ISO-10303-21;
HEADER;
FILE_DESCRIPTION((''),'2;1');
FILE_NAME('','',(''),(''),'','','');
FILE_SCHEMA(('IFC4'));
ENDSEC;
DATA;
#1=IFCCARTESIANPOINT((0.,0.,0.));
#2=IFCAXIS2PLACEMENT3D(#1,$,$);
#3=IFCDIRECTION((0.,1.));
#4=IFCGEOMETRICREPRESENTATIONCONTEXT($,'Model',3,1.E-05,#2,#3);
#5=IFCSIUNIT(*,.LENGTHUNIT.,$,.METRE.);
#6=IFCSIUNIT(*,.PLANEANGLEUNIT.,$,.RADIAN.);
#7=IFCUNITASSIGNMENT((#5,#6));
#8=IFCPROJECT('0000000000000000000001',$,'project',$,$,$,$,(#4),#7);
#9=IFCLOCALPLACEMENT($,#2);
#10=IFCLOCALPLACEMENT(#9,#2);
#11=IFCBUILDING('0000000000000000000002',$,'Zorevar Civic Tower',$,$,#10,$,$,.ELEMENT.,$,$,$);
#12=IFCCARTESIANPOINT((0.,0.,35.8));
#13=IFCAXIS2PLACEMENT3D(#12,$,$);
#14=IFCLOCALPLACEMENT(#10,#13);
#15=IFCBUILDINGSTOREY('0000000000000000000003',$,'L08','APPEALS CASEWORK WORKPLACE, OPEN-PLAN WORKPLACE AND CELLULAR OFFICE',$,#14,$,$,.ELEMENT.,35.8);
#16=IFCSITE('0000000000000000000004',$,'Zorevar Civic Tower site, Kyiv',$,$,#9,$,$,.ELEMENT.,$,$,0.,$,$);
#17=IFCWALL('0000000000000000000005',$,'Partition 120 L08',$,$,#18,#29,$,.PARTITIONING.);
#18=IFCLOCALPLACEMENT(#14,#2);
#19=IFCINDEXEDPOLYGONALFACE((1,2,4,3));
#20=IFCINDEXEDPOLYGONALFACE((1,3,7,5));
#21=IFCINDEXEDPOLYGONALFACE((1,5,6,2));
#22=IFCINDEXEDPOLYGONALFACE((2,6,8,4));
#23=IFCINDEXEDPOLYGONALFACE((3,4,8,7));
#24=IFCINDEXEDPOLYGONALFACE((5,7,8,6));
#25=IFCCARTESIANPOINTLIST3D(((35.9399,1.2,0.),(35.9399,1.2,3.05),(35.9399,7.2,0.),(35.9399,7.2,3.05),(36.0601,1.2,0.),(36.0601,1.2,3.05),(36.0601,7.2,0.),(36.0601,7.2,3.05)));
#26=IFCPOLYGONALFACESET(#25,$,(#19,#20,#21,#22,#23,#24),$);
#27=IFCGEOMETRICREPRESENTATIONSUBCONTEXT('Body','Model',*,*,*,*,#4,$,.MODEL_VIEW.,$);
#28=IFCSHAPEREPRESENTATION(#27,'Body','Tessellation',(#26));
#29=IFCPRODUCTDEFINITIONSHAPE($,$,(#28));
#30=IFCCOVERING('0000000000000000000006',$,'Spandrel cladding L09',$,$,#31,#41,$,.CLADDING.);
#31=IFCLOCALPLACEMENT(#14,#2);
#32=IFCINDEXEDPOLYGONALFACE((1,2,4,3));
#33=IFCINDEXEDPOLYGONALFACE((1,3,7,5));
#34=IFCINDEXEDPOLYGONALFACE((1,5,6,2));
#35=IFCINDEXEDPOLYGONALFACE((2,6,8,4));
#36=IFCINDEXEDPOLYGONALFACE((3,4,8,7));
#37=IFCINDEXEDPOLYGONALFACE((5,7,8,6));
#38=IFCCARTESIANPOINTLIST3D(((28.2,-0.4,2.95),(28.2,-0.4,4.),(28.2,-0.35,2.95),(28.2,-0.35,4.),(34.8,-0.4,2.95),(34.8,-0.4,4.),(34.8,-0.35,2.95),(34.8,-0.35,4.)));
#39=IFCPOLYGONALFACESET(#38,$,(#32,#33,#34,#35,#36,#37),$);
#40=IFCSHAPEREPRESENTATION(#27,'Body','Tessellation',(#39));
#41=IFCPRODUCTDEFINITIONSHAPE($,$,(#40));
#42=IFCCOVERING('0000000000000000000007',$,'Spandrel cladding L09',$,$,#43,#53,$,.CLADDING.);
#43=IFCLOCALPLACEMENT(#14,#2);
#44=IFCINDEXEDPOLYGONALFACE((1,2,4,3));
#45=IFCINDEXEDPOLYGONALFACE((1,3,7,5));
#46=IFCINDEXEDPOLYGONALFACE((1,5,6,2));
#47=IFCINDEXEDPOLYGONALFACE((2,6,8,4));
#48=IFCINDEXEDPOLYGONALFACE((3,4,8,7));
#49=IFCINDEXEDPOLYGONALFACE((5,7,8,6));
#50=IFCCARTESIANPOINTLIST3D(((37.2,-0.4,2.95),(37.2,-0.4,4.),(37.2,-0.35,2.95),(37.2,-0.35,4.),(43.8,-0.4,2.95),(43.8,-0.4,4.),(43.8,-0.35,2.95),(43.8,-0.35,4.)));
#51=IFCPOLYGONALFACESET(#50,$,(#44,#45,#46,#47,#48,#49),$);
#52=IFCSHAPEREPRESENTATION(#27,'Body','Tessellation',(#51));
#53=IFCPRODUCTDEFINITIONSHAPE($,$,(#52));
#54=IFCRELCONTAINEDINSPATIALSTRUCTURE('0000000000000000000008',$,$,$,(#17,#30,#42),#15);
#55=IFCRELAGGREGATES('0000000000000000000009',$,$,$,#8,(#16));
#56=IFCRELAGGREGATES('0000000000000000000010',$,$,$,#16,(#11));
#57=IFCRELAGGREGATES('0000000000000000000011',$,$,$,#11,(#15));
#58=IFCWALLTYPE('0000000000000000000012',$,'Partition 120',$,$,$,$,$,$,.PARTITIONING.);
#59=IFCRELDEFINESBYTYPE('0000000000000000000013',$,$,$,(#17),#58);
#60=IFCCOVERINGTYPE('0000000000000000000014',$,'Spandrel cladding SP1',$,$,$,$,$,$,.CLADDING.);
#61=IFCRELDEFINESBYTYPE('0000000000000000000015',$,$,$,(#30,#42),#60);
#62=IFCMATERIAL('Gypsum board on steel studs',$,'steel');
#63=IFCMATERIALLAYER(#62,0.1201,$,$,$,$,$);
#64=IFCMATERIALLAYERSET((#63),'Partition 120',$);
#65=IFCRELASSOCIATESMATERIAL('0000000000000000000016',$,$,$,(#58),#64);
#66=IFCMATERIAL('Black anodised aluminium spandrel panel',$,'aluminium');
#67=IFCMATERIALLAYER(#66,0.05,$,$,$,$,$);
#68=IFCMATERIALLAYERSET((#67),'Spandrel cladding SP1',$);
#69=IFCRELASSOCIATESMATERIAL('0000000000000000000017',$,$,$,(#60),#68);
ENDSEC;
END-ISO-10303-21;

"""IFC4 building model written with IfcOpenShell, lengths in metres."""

from ifc_helpers import new_model, si_unit, direction, frame, frame_2d, origin, place, context, subcontext, project, spatial, rectangle, extrude, material, layer, layer_set, type_object, element, save


model = new_model("IFC4")

# Units and contexts
model_context = context("Model", 3, precision=1e-05, world=origin(), true_north=direction((0.0, 1.0)))
body_context = subcontext(model_context, "Body", "Model", "MODEL_VIEW")
ifc_project = project(units=[si_unit("LENGTHUNIT", "METRE"), si_unit("PLANEANGLEUNIT", "RADIAN")], contexts=[model_context])

# Site, building, storey
site_placement = place(None, origin())
site = spatial("IfcSite", under=ifc_project, at=site_placement, Name="Zorevar Civic Tower site, Kyiv", CompositionType="ELEMENT", RefElevation=0.0)
building_placement = place(site_placement, origin())
building = spatial("IfcBuilding", under=site, at=building_placement, Name="Zorevar Civic Tower", CompositionType="ELEMENT")
storey_placement = place(building_placement, frame((0.0, 0.0, 35.8)))
storey = spatial("IfcBuildingStorey", under=building, at=storey_placement, Name="L08", Description="APPEALS CASEWORK WORKPLACE, OPEN-PLAN WORKPLACE AND CELLULAR OFFICE", CompositionType="ELEMENT", Elevation=35.8)

# Wall
ifc_material_1 = material(Name="Gypsum board on steel studs", Category="steel")
ifc_layer_1 = layer(ifc_material_1, 0.1201)
ifc_layer_set_1 = layer_set([ifc_layer_1], Name="Partition 120")
wall_type_1 = type_object("IfcWallType", Name="Partition 120", PredefinedType="PARTITIONING", material=ifc_layer_set_1)
wall_1_placement = place(storey_placement, frame((36.0, 1.2, 0.0), z_axis=(0.0, 0.0, 1.0), x_axis=(0.0, 1.0, 0.0)))
element("IfcWall", 1, at=wall_1_placement, inside=storey, type_object=wall_type_1, Name="Partition 120 L08", PredefinedType="PARTITIONING", context=body_context, shape_type="SweptSolid", body=[
    extrude(rectangle(XDim=6.0, YDim=0.1201, at=frame_2d((3.0, 0.0))), origin(), (0.0, 0.0, 1.0), 3.05),
])

# Coverings
ifc_material_2 = material(Name="Black anodised aluminium spandrel panel", Category="aluminium")
ifc_layer_2 = layer(ifc_material_2, 0.05)
ifc_layer_set_2 = layer_set([ifc_layer_2], Name="Spandrel cladding SP1")
covering_type = type_object("IfcCoveringType", Name="Spandrel cladding SP1", PredefinedType="CLADDING", material=ifc_layer_set_2)
for number, where, z_axis, x_axis, name in (
    (2, (28.2, -0.375, 2.95), (0.0, 0.0, 1.0), (1.0, 0.0, 0.0), "Spandrel cladding L09"),
    (3, (37.2, -0.375, 2.95), (0.0, 0.0, 1.0), (1.0, 0.0, 0.0), "Spandrel cladding L09"),
):
    element("IfcCovering", number, at=place(storey_placement, frame(where, z_axis=z_axis, x_axis=x_axis)), inside=storey, type_object=covering_type, Name=name, PredefinedType="CLADDING", context=body_context, shape_type="SweptSolid", body=[
        extrude(rectangle(XDim=6.6001, YDim=0.05, at=frame_2d((3.3, 0.0))), origin(), (0.0, 0.0, 1.0), 1.05),
    ])

save(model, "model.ifc")
